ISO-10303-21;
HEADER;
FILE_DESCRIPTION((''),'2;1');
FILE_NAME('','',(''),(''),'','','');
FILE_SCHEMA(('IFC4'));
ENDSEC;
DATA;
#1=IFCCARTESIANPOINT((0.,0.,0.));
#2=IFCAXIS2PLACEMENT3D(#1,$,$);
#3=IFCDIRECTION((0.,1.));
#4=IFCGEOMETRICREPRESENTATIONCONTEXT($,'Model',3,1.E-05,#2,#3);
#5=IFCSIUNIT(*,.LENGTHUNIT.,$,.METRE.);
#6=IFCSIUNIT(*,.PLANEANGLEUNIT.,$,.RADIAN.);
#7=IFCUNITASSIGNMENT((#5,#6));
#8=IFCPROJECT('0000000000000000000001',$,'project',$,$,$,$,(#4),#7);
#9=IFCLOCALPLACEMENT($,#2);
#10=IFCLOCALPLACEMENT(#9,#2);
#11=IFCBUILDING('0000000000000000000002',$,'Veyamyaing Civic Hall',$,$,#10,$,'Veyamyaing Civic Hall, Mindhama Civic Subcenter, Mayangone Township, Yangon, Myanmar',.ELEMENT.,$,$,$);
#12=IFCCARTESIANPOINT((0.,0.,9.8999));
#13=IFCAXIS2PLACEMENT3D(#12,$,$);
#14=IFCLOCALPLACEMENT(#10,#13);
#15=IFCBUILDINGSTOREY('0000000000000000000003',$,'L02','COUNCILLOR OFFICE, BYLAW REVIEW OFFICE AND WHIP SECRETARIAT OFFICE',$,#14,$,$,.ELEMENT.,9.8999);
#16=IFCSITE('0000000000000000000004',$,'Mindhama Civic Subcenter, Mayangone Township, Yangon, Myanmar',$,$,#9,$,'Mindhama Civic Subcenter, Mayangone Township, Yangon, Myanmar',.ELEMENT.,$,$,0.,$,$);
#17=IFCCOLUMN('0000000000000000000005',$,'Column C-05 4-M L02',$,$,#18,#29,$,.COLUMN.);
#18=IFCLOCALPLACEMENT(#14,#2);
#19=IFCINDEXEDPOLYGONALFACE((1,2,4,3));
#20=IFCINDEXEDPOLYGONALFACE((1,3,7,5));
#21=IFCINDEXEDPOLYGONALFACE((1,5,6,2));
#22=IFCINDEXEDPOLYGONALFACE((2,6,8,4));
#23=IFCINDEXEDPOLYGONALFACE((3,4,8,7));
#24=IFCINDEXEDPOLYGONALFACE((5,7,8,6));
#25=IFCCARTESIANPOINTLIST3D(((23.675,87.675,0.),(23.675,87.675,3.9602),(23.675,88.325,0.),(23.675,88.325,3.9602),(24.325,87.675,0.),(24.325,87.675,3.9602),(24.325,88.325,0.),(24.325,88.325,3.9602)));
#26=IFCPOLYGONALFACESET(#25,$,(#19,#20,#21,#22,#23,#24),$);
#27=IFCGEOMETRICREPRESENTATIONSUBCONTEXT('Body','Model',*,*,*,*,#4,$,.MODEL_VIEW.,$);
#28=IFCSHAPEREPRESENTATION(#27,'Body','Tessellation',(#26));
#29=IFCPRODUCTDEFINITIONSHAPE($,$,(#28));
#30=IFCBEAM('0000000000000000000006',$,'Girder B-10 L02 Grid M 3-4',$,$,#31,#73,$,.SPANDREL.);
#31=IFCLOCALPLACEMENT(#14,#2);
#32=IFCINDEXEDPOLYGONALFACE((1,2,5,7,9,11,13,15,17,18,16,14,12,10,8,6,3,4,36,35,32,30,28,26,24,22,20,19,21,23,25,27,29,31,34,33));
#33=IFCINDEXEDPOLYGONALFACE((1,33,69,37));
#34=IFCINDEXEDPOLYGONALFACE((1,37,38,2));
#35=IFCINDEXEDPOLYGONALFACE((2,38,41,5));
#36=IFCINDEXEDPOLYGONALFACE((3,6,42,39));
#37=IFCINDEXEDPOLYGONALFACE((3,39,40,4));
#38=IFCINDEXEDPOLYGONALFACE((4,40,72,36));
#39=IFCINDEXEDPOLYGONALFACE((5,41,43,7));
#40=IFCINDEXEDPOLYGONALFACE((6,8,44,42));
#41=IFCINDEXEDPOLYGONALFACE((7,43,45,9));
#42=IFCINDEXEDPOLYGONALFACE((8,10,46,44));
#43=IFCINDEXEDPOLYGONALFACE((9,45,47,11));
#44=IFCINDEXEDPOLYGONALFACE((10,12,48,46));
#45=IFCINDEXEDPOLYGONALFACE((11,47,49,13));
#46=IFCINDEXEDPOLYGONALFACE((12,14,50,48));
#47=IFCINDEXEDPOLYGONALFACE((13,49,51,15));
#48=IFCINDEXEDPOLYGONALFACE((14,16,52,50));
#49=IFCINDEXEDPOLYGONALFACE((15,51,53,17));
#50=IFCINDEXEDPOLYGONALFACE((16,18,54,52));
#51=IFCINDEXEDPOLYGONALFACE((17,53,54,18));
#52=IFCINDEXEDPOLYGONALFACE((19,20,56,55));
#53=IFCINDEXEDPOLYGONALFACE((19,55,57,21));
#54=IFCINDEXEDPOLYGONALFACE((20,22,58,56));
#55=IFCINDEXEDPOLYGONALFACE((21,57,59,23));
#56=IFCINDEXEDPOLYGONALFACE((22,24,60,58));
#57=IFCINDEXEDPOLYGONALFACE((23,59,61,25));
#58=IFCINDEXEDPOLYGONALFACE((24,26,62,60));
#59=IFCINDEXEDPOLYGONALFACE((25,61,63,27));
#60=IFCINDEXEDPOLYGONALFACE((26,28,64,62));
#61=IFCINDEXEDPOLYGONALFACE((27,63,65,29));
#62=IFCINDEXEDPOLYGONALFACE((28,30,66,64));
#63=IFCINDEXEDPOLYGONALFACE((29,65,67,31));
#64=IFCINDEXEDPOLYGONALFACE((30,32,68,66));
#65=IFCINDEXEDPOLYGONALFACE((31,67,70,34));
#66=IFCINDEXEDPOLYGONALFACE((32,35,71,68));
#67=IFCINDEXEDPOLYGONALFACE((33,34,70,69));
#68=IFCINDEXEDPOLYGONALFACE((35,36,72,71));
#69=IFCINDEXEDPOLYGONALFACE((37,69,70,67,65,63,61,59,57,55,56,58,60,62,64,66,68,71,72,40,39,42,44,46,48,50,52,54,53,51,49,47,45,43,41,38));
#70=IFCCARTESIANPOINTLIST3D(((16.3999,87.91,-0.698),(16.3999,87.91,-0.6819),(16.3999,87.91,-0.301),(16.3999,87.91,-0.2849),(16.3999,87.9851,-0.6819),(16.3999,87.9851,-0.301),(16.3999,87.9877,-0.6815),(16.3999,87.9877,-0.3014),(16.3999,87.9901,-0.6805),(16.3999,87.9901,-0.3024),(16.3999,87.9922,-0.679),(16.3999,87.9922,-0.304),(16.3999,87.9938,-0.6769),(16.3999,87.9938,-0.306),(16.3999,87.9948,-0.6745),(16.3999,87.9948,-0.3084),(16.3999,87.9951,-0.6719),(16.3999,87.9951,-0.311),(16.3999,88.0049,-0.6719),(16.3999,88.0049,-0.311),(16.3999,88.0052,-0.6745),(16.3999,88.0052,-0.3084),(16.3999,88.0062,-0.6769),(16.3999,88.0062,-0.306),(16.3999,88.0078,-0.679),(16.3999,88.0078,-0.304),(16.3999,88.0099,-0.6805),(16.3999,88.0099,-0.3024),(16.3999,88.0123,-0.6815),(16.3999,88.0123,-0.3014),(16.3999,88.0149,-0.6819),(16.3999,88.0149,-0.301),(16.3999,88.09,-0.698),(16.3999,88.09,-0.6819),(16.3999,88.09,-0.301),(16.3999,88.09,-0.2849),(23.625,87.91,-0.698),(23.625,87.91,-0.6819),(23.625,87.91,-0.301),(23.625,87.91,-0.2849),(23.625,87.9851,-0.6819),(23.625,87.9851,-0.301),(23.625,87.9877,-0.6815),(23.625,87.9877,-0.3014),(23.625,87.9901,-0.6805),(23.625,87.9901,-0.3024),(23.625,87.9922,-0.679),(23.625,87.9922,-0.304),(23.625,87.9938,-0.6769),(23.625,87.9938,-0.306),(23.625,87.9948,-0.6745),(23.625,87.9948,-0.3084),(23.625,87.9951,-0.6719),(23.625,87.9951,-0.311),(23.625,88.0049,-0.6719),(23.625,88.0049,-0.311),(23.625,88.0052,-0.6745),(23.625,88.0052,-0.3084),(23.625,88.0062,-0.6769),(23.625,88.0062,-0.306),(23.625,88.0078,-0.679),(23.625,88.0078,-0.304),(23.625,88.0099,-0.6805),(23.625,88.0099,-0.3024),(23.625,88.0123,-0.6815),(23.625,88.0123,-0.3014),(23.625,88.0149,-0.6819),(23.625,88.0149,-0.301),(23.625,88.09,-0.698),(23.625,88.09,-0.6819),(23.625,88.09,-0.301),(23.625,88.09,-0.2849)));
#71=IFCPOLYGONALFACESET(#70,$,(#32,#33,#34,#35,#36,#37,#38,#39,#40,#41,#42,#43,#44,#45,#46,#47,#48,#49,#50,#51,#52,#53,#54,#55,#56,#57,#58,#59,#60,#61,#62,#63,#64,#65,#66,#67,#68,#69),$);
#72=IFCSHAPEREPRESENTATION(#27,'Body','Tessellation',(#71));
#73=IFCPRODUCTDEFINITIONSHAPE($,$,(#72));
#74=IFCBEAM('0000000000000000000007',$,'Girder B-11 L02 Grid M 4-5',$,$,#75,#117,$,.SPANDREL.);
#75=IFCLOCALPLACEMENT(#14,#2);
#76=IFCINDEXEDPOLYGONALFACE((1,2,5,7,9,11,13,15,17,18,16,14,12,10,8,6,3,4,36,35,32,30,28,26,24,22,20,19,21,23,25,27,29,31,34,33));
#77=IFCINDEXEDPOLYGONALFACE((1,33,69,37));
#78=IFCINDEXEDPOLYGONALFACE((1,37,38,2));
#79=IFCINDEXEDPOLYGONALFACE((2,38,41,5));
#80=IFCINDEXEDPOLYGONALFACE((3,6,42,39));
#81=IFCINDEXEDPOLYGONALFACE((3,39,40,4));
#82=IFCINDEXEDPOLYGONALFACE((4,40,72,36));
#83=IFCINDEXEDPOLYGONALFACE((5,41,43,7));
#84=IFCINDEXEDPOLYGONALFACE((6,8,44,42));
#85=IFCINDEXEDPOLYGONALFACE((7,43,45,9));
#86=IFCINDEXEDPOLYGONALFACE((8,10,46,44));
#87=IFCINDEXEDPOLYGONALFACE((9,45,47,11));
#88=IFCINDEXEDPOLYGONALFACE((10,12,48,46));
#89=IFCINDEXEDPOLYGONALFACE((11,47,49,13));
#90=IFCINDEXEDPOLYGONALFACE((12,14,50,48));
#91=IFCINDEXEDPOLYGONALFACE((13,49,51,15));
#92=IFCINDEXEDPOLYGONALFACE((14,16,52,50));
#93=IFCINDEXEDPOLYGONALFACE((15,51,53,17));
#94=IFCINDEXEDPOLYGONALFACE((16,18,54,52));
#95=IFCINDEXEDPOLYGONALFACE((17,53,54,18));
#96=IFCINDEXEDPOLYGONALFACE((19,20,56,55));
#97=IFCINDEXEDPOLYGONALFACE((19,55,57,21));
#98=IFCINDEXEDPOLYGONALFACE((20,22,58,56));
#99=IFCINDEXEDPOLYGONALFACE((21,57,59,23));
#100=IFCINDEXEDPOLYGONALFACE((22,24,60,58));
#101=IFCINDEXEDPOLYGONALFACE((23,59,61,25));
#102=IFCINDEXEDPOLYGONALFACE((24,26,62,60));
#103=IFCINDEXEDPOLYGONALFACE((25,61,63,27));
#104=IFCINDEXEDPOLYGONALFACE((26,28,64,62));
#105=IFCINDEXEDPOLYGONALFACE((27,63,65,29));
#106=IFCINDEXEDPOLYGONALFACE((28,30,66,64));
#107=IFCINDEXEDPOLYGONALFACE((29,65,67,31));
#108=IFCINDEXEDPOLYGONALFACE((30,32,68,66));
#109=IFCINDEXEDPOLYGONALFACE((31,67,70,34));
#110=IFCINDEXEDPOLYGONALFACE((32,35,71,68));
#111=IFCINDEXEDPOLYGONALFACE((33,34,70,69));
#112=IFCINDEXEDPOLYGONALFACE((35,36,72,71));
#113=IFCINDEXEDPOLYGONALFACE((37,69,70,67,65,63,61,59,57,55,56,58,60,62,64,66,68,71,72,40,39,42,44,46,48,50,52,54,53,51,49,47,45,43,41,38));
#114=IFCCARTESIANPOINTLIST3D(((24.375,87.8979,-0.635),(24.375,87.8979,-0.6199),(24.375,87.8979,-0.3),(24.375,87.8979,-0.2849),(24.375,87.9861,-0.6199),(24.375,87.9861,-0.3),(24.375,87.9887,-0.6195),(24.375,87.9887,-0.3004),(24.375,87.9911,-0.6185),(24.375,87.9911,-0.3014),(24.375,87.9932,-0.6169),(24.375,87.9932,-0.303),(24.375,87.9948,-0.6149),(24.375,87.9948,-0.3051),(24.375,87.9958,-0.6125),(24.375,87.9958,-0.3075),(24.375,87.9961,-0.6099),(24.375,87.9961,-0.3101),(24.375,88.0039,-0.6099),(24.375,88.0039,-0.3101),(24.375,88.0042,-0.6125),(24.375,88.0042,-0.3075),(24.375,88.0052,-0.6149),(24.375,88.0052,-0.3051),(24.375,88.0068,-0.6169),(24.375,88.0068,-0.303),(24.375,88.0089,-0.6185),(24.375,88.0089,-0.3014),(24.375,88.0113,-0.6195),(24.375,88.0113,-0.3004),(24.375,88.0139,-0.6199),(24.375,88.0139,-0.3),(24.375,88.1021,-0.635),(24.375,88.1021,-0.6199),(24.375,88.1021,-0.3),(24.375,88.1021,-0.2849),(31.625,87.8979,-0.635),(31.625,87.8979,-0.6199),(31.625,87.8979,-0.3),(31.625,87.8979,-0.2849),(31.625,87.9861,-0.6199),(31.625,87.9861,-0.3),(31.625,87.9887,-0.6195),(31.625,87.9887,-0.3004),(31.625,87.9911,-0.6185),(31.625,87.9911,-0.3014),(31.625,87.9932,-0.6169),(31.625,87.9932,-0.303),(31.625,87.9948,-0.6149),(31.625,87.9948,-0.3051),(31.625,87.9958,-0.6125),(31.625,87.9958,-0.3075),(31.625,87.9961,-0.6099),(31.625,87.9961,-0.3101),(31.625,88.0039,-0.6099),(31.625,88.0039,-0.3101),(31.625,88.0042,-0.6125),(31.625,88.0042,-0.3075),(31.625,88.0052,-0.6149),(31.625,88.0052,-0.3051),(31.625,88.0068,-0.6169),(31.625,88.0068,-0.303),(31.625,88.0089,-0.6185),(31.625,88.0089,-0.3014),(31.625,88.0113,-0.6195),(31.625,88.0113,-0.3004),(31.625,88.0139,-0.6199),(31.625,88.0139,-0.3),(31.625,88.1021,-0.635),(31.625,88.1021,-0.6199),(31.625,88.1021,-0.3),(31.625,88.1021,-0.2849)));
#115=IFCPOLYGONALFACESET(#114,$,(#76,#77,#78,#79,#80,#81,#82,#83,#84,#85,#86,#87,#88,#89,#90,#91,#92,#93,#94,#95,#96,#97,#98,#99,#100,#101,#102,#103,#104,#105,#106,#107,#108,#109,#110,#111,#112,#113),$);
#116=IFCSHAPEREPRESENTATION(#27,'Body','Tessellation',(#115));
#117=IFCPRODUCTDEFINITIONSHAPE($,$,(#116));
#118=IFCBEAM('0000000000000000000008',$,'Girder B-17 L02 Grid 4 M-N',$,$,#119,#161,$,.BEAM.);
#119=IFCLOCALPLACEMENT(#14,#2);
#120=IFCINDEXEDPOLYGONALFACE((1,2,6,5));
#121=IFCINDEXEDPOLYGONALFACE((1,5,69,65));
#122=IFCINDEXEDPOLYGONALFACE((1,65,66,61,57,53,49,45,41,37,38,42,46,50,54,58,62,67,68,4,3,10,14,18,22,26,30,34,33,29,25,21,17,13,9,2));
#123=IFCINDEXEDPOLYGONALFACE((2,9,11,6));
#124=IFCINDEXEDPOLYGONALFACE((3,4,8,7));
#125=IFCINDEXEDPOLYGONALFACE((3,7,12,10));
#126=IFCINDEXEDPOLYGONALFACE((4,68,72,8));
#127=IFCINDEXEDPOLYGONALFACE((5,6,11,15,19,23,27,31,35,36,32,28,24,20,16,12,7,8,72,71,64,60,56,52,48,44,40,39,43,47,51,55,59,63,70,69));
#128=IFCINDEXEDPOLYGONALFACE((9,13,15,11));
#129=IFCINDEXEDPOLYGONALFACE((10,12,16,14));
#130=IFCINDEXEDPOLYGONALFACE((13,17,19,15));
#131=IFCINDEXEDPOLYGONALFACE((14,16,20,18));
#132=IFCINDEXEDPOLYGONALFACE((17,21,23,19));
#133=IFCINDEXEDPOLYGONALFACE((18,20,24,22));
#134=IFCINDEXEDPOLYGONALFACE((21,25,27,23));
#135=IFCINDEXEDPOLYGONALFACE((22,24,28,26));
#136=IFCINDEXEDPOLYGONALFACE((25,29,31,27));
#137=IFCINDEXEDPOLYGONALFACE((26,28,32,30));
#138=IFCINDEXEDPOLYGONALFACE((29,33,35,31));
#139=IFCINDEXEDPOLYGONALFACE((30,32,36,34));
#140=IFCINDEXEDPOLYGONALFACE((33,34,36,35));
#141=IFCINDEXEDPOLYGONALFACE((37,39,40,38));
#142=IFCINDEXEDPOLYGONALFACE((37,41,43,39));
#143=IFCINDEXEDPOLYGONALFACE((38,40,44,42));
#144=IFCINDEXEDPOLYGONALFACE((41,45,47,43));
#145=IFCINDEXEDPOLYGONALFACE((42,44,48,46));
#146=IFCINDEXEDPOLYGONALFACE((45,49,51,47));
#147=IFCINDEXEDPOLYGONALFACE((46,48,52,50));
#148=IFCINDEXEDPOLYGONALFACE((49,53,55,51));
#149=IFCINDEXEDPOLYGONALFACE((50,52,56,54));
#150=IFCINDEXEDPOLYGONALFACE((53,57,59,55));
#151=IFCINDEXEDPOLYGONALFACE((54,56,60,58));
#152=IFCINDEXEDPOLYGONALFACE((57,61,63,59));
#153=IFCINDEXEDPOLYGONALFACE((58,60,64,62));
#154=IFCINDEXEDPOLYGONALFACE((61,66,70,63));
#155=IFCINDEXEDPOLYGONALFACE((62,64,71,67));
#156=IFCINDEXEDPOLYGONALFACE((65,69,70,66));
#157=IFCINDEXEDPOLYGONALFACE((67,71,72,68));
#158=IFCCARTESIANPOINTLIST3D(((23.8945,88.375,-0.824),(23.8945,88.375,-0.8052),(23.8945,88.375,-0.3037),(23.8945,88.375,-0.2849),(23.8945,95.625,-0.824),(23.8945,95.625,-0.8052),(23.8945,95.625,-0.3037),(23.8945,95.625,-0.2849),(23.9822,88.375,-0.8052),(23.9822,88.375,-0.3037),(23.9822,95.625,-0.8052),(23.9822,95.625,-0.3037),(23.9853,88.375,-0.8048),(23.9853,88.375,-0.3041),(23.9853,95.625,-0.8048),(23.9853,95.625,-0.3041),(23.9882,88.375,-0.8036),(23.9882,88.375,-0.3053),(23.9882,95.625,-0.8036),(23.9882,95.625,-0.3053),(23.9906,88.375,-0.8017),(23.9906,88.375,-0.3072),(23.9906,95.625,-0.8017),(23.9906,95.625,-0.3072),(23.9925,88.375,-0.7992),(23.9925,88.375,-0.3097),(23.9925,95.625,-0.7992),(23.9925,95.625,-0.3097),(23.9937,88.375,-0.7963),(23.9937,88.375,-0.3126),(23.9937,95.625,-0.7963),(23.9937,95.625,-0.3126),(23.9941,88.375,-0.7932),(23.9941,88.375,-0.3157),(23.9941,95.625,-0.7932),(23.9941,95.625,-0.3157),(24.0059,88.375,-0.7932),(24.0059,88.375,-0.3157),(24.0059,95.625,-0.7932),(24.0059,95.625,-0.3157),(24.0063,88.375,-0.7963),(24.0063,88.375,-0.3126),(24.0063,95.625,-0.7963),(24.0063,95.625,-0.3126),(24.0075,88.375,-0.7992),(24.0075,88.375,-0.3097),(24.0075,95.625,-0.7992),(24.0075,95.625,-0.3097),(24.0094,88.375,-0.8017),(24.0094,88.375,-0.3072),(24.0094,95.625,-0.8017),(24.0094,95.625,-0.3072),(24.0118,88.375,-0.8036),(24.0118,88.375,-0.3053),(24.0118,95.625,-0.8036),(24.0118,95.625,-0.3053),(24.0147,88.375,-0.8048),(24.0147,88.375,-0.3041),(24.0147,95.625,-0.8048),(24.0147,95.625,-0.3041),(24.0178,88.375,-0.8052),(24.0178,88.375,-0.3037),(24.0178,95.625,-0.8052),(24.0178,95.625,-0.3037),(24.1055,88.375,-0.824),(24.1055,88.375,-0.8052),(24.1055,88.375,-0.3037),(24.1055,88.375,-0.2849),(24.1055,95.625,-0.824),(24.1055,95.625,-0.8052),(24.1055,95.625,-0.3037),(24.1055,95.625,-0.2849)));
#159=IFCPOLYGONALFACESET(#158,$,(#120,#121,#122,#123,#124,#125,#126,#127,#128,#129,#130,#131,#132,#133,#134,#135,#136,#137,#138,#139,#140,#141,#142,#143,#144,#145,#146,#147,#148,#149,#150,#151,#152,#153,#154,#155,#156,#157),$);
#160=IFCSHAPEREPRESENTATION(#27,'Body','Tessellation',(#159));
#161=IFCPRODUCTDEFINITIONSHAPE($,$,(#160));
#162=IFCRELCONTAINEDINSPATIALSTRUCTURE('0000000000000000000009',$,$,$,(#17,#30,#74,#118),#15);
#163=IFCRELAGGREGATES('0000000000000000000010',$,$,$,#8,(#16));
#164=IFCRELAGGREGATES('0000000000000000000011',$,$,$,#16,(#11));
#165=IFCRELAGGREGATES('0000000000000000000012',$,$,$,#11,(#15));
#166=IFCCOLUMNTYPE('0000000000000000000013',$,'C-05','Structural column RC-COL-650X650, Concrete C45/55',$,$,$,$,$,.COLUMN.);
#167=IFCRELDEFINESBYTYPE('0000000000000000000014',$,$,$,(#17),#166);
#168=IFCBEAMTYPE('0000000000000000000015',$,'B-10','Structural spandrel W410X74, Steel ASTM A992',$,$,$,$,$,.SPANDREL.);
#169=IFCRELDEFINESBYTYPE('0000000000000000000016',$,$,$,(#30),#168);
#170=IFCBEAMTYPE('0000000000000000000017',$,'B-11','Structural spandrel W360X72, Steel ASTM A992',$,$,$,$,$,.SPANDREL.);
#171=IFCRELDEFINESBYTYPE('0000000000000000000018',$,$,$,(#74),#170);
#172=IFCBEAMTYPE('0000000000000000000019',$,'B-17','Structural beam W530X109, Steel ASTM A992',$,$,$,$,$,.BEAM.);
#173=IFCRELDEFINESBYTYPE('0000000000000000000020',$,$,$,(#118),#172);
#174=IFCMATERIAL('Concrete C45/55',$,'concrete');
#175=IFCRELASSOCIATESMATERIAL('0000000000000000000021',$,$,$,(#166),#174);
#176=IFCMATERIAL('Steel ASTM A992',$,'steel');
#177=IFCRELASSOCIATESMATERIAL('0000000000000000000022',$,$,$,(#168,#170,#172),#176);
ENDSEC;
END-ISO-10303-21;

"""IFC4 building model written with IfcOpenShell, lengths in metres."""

from ifc_helpers import new_model, si_unit, direction, frame, origin, origin_2d, place, context, subcontext, project, spatial, rectangle, i_section, extrude, material, material_profile, profile_set, type_object, element, save


model = new_model("IFC4")

# Units and contexts
model_context = context("Model", 3, precision=1e-05, world=origin(), true_north=direction((0.0, 1.0)))
body_context = subcontext(model_context, "Body", "Model", "MODEL_VIEW")
ifc_project = project(units=[si_unit("LENGTHUNIT", "METRE"), si_unit("PLANEANGLEUNIT", "RADIAN")], contexts=[model_context])

# Site, building, storey
site_placement = place(None, origin())
site = spatial("IfcSite", under=ifc_project, at=site_placement, Name="Mindhama Civic Subcenter, Mayangone Township, Yangon, Myanmar", LongName="Mindhama Civic Subcenter, Mayangone Township, Yangon, Myanmar", CompositionType="ELEMENT", RefElevation=0.0)
building_placement = place(site_placement, origin())
building = spatial("IfcBuilding", under=site, at=building_placement, Name="Veyamyaing Civic Hall", LongName="Veyamyaing Civic Hall, Mindhama Civic Subcenter, Mayangone Township, Yangon, Myanmar", CompositionType="ELEMENT")
storey_placement = place(building_placement, frame((0.0, 0.0, 9.8999)))
storey = spatial("IfcBuildingStorey", under=building, at=storey_placement, Name="L02", Description="COUNCILLOR OFFICE, BYLAW REVIEW OFFICE AND WHIP SECRETARIAT OFFICE", CompositionType="ELEMENT", Elevation=9.8999)

# Column
ifc_material_1 = material(Name="Concrete C45/55", Category="concrete")
ifc_material_profile_1 = material_profile(ifc_material_1, rectangle(XDim=0.6499, YDim=0.6499, at=origin_2d()), Name="RC-COL-650X650")
ifc_profile_set_1 = profile_set([ifc_material_profile_1], Name="Concrete C45/55")
column_type = type_object("IfcColumnType", Name="C-05", Description="Structural column RC-COL-650X650, Concrete C45/55", PredefinedType="COLUMN", material=ifc_profile_set_1)
column_placement = place(storey_placement, frame((24.0, 88.0, 0.0), z_axis=(0.0, 0.0, 1.0), x_axis=(1.0, 0.0, 0.0)))
element("IfcColumn", 1, at=column_placement, inside=storey, type_object=column_type, Name="Column C-05 4-M L02", PredefinedType="COLUMN", context=body_context, shape_type="SweptSolid", body=[
    extrude(rectangle(XDim=0.6499, YDim=0.6499, at=origin_2d()), origin(), (0.0, 0.0, 1.0), 3.9602),
])

# Beams
ifc_material_2 = material(Name="Steel ASTM A992", Category="steel")
ifc_material_profile_2 = material_profile(ifc_material_2, i_section(OverallWidth=0.1799, OverallDepth=0.4131, WebThickness=0.0098, FlangeThickness=0.0161, FilletRadius=0.01, at=origin_2d()), Name="W410X74")
ifc_profile_set_2 = profile_set([ifc_material_profile_2], Name="Steel ASTM A992")
beam_type_1 = type_object("IfcBeamType", Name="B-10", Description="Structural spandrel W410X74, Steel ASTM A992", PredefinedType="SPANDREL", material=ifc_profile_set_2)
beam_1_placement = place(storey_placement, frame((16.3999, 88.0, -0.4915), z_axis=(1.0, 0.0, 0.0), x_axis=(0.0, 1.0, 0.0)))
element("IfcBeam", 2, at=beam_1_placement, inside=storey, type_object=beam_type_1, Name="Girder B-10 L02 Grid M 3-4", PredefinedType="SPANDREL", context=body_context, shape_type="SweptSolid", body=[
    extrude(i_section(OverallWidth=0.1799, OverallDepth=0.4131, WebThickness=0.0098, FlangeThickness=0.0161, FilletRadius=0.01, at=origin_2d()), origin(), (0.0, 0.0, 1.0), 7.2251),
])
ifc_material_profile_3 = material_profile(ifc_material_2, i_section(OverallWidth=0.2041, OverallDepth=0.3501, WebThickness=0.0078, FlangeThickness=0.0151, FilletRadius=0.01, at=origin_2d()), Name="W360X72")
ifc_profile_set_3 = profile_set([ifc_material_profile_3], Name="Steel ASTM A992")
beam_type_2 = type_object("IfcBeamType", Name="B-11", Description="Structural spandrel W360X72, Steel ASTM A992", PredefinedType="SPANDREL", material=ifc_profile_set_3)
beam_2_placement = place(storey_placement, frame((24.375, 88.0, -0.46), z_axis=(1.0, 0.0, 0.0), x_axis=(0.0, 1.0, 0.0)))
element("IfcBeam", 3, at=beam_2_placement, inside=storey, type_object=beam_type_2, Name="Girder B-11 L02 Grid M 4-5", PredefinedType="SPANDREL", context=body_context, shape_type="SweptSolid", body=[
    extrude(i_section(OverallWidth=0.2041, OverallDepth=0.3501, WebThickness=0.0078, FlangeThickness=0.0151, FilletRadius=0.01, at=origin_2d()), origin(), (0.0, 0.0, 1.0), 7.25),
])
ifc_material_profile_4 = material_profile(ifc_material_2, i_section(OverallWidth=0.2109, OverallDepth=0.5391, WebThickness=0.0117, FlangeThickness=0.0188, FilletRadius=0.012, at=origin_2d()), Name="W530X109")
ifc_profile_set_4 = profile_set([ifc_material_profile_4], Name="Steel ASTM A992")
beam_type_3 = type_object("IfcBeamType", Name="B-17", Description="Structural beam W530X109, Steel ASTM A992", PredefinedType="BEAM", material=ifc_profile_set_4)
beam_3_placement = place(storey_placement, frame((24.0, 88.375, -0.5544), z_axis=(0.0, 1.0, 0.0), x_axis=(-1.0, 0.0, 0.0)))
element("IfcBeam", 4, at=beam_3_placement, inside=storey, type_object=beam_type_3, Name="Girder B-17 L02 Grid 4 M-N", PredefinedType="BEAM", context=body_context, shape_type="SweptSolid", body=[
    extrude(i_section(OverallWidth=0.2109, OverallDepth=0.5391, WebThickness=0.0117, FlangeThickness=0.0188, FilletRadius=0.012, at=origin_2d()), origin(), (0.0, 0.0, 1.0), 7.25),
])

save(model, "model.ifc")
